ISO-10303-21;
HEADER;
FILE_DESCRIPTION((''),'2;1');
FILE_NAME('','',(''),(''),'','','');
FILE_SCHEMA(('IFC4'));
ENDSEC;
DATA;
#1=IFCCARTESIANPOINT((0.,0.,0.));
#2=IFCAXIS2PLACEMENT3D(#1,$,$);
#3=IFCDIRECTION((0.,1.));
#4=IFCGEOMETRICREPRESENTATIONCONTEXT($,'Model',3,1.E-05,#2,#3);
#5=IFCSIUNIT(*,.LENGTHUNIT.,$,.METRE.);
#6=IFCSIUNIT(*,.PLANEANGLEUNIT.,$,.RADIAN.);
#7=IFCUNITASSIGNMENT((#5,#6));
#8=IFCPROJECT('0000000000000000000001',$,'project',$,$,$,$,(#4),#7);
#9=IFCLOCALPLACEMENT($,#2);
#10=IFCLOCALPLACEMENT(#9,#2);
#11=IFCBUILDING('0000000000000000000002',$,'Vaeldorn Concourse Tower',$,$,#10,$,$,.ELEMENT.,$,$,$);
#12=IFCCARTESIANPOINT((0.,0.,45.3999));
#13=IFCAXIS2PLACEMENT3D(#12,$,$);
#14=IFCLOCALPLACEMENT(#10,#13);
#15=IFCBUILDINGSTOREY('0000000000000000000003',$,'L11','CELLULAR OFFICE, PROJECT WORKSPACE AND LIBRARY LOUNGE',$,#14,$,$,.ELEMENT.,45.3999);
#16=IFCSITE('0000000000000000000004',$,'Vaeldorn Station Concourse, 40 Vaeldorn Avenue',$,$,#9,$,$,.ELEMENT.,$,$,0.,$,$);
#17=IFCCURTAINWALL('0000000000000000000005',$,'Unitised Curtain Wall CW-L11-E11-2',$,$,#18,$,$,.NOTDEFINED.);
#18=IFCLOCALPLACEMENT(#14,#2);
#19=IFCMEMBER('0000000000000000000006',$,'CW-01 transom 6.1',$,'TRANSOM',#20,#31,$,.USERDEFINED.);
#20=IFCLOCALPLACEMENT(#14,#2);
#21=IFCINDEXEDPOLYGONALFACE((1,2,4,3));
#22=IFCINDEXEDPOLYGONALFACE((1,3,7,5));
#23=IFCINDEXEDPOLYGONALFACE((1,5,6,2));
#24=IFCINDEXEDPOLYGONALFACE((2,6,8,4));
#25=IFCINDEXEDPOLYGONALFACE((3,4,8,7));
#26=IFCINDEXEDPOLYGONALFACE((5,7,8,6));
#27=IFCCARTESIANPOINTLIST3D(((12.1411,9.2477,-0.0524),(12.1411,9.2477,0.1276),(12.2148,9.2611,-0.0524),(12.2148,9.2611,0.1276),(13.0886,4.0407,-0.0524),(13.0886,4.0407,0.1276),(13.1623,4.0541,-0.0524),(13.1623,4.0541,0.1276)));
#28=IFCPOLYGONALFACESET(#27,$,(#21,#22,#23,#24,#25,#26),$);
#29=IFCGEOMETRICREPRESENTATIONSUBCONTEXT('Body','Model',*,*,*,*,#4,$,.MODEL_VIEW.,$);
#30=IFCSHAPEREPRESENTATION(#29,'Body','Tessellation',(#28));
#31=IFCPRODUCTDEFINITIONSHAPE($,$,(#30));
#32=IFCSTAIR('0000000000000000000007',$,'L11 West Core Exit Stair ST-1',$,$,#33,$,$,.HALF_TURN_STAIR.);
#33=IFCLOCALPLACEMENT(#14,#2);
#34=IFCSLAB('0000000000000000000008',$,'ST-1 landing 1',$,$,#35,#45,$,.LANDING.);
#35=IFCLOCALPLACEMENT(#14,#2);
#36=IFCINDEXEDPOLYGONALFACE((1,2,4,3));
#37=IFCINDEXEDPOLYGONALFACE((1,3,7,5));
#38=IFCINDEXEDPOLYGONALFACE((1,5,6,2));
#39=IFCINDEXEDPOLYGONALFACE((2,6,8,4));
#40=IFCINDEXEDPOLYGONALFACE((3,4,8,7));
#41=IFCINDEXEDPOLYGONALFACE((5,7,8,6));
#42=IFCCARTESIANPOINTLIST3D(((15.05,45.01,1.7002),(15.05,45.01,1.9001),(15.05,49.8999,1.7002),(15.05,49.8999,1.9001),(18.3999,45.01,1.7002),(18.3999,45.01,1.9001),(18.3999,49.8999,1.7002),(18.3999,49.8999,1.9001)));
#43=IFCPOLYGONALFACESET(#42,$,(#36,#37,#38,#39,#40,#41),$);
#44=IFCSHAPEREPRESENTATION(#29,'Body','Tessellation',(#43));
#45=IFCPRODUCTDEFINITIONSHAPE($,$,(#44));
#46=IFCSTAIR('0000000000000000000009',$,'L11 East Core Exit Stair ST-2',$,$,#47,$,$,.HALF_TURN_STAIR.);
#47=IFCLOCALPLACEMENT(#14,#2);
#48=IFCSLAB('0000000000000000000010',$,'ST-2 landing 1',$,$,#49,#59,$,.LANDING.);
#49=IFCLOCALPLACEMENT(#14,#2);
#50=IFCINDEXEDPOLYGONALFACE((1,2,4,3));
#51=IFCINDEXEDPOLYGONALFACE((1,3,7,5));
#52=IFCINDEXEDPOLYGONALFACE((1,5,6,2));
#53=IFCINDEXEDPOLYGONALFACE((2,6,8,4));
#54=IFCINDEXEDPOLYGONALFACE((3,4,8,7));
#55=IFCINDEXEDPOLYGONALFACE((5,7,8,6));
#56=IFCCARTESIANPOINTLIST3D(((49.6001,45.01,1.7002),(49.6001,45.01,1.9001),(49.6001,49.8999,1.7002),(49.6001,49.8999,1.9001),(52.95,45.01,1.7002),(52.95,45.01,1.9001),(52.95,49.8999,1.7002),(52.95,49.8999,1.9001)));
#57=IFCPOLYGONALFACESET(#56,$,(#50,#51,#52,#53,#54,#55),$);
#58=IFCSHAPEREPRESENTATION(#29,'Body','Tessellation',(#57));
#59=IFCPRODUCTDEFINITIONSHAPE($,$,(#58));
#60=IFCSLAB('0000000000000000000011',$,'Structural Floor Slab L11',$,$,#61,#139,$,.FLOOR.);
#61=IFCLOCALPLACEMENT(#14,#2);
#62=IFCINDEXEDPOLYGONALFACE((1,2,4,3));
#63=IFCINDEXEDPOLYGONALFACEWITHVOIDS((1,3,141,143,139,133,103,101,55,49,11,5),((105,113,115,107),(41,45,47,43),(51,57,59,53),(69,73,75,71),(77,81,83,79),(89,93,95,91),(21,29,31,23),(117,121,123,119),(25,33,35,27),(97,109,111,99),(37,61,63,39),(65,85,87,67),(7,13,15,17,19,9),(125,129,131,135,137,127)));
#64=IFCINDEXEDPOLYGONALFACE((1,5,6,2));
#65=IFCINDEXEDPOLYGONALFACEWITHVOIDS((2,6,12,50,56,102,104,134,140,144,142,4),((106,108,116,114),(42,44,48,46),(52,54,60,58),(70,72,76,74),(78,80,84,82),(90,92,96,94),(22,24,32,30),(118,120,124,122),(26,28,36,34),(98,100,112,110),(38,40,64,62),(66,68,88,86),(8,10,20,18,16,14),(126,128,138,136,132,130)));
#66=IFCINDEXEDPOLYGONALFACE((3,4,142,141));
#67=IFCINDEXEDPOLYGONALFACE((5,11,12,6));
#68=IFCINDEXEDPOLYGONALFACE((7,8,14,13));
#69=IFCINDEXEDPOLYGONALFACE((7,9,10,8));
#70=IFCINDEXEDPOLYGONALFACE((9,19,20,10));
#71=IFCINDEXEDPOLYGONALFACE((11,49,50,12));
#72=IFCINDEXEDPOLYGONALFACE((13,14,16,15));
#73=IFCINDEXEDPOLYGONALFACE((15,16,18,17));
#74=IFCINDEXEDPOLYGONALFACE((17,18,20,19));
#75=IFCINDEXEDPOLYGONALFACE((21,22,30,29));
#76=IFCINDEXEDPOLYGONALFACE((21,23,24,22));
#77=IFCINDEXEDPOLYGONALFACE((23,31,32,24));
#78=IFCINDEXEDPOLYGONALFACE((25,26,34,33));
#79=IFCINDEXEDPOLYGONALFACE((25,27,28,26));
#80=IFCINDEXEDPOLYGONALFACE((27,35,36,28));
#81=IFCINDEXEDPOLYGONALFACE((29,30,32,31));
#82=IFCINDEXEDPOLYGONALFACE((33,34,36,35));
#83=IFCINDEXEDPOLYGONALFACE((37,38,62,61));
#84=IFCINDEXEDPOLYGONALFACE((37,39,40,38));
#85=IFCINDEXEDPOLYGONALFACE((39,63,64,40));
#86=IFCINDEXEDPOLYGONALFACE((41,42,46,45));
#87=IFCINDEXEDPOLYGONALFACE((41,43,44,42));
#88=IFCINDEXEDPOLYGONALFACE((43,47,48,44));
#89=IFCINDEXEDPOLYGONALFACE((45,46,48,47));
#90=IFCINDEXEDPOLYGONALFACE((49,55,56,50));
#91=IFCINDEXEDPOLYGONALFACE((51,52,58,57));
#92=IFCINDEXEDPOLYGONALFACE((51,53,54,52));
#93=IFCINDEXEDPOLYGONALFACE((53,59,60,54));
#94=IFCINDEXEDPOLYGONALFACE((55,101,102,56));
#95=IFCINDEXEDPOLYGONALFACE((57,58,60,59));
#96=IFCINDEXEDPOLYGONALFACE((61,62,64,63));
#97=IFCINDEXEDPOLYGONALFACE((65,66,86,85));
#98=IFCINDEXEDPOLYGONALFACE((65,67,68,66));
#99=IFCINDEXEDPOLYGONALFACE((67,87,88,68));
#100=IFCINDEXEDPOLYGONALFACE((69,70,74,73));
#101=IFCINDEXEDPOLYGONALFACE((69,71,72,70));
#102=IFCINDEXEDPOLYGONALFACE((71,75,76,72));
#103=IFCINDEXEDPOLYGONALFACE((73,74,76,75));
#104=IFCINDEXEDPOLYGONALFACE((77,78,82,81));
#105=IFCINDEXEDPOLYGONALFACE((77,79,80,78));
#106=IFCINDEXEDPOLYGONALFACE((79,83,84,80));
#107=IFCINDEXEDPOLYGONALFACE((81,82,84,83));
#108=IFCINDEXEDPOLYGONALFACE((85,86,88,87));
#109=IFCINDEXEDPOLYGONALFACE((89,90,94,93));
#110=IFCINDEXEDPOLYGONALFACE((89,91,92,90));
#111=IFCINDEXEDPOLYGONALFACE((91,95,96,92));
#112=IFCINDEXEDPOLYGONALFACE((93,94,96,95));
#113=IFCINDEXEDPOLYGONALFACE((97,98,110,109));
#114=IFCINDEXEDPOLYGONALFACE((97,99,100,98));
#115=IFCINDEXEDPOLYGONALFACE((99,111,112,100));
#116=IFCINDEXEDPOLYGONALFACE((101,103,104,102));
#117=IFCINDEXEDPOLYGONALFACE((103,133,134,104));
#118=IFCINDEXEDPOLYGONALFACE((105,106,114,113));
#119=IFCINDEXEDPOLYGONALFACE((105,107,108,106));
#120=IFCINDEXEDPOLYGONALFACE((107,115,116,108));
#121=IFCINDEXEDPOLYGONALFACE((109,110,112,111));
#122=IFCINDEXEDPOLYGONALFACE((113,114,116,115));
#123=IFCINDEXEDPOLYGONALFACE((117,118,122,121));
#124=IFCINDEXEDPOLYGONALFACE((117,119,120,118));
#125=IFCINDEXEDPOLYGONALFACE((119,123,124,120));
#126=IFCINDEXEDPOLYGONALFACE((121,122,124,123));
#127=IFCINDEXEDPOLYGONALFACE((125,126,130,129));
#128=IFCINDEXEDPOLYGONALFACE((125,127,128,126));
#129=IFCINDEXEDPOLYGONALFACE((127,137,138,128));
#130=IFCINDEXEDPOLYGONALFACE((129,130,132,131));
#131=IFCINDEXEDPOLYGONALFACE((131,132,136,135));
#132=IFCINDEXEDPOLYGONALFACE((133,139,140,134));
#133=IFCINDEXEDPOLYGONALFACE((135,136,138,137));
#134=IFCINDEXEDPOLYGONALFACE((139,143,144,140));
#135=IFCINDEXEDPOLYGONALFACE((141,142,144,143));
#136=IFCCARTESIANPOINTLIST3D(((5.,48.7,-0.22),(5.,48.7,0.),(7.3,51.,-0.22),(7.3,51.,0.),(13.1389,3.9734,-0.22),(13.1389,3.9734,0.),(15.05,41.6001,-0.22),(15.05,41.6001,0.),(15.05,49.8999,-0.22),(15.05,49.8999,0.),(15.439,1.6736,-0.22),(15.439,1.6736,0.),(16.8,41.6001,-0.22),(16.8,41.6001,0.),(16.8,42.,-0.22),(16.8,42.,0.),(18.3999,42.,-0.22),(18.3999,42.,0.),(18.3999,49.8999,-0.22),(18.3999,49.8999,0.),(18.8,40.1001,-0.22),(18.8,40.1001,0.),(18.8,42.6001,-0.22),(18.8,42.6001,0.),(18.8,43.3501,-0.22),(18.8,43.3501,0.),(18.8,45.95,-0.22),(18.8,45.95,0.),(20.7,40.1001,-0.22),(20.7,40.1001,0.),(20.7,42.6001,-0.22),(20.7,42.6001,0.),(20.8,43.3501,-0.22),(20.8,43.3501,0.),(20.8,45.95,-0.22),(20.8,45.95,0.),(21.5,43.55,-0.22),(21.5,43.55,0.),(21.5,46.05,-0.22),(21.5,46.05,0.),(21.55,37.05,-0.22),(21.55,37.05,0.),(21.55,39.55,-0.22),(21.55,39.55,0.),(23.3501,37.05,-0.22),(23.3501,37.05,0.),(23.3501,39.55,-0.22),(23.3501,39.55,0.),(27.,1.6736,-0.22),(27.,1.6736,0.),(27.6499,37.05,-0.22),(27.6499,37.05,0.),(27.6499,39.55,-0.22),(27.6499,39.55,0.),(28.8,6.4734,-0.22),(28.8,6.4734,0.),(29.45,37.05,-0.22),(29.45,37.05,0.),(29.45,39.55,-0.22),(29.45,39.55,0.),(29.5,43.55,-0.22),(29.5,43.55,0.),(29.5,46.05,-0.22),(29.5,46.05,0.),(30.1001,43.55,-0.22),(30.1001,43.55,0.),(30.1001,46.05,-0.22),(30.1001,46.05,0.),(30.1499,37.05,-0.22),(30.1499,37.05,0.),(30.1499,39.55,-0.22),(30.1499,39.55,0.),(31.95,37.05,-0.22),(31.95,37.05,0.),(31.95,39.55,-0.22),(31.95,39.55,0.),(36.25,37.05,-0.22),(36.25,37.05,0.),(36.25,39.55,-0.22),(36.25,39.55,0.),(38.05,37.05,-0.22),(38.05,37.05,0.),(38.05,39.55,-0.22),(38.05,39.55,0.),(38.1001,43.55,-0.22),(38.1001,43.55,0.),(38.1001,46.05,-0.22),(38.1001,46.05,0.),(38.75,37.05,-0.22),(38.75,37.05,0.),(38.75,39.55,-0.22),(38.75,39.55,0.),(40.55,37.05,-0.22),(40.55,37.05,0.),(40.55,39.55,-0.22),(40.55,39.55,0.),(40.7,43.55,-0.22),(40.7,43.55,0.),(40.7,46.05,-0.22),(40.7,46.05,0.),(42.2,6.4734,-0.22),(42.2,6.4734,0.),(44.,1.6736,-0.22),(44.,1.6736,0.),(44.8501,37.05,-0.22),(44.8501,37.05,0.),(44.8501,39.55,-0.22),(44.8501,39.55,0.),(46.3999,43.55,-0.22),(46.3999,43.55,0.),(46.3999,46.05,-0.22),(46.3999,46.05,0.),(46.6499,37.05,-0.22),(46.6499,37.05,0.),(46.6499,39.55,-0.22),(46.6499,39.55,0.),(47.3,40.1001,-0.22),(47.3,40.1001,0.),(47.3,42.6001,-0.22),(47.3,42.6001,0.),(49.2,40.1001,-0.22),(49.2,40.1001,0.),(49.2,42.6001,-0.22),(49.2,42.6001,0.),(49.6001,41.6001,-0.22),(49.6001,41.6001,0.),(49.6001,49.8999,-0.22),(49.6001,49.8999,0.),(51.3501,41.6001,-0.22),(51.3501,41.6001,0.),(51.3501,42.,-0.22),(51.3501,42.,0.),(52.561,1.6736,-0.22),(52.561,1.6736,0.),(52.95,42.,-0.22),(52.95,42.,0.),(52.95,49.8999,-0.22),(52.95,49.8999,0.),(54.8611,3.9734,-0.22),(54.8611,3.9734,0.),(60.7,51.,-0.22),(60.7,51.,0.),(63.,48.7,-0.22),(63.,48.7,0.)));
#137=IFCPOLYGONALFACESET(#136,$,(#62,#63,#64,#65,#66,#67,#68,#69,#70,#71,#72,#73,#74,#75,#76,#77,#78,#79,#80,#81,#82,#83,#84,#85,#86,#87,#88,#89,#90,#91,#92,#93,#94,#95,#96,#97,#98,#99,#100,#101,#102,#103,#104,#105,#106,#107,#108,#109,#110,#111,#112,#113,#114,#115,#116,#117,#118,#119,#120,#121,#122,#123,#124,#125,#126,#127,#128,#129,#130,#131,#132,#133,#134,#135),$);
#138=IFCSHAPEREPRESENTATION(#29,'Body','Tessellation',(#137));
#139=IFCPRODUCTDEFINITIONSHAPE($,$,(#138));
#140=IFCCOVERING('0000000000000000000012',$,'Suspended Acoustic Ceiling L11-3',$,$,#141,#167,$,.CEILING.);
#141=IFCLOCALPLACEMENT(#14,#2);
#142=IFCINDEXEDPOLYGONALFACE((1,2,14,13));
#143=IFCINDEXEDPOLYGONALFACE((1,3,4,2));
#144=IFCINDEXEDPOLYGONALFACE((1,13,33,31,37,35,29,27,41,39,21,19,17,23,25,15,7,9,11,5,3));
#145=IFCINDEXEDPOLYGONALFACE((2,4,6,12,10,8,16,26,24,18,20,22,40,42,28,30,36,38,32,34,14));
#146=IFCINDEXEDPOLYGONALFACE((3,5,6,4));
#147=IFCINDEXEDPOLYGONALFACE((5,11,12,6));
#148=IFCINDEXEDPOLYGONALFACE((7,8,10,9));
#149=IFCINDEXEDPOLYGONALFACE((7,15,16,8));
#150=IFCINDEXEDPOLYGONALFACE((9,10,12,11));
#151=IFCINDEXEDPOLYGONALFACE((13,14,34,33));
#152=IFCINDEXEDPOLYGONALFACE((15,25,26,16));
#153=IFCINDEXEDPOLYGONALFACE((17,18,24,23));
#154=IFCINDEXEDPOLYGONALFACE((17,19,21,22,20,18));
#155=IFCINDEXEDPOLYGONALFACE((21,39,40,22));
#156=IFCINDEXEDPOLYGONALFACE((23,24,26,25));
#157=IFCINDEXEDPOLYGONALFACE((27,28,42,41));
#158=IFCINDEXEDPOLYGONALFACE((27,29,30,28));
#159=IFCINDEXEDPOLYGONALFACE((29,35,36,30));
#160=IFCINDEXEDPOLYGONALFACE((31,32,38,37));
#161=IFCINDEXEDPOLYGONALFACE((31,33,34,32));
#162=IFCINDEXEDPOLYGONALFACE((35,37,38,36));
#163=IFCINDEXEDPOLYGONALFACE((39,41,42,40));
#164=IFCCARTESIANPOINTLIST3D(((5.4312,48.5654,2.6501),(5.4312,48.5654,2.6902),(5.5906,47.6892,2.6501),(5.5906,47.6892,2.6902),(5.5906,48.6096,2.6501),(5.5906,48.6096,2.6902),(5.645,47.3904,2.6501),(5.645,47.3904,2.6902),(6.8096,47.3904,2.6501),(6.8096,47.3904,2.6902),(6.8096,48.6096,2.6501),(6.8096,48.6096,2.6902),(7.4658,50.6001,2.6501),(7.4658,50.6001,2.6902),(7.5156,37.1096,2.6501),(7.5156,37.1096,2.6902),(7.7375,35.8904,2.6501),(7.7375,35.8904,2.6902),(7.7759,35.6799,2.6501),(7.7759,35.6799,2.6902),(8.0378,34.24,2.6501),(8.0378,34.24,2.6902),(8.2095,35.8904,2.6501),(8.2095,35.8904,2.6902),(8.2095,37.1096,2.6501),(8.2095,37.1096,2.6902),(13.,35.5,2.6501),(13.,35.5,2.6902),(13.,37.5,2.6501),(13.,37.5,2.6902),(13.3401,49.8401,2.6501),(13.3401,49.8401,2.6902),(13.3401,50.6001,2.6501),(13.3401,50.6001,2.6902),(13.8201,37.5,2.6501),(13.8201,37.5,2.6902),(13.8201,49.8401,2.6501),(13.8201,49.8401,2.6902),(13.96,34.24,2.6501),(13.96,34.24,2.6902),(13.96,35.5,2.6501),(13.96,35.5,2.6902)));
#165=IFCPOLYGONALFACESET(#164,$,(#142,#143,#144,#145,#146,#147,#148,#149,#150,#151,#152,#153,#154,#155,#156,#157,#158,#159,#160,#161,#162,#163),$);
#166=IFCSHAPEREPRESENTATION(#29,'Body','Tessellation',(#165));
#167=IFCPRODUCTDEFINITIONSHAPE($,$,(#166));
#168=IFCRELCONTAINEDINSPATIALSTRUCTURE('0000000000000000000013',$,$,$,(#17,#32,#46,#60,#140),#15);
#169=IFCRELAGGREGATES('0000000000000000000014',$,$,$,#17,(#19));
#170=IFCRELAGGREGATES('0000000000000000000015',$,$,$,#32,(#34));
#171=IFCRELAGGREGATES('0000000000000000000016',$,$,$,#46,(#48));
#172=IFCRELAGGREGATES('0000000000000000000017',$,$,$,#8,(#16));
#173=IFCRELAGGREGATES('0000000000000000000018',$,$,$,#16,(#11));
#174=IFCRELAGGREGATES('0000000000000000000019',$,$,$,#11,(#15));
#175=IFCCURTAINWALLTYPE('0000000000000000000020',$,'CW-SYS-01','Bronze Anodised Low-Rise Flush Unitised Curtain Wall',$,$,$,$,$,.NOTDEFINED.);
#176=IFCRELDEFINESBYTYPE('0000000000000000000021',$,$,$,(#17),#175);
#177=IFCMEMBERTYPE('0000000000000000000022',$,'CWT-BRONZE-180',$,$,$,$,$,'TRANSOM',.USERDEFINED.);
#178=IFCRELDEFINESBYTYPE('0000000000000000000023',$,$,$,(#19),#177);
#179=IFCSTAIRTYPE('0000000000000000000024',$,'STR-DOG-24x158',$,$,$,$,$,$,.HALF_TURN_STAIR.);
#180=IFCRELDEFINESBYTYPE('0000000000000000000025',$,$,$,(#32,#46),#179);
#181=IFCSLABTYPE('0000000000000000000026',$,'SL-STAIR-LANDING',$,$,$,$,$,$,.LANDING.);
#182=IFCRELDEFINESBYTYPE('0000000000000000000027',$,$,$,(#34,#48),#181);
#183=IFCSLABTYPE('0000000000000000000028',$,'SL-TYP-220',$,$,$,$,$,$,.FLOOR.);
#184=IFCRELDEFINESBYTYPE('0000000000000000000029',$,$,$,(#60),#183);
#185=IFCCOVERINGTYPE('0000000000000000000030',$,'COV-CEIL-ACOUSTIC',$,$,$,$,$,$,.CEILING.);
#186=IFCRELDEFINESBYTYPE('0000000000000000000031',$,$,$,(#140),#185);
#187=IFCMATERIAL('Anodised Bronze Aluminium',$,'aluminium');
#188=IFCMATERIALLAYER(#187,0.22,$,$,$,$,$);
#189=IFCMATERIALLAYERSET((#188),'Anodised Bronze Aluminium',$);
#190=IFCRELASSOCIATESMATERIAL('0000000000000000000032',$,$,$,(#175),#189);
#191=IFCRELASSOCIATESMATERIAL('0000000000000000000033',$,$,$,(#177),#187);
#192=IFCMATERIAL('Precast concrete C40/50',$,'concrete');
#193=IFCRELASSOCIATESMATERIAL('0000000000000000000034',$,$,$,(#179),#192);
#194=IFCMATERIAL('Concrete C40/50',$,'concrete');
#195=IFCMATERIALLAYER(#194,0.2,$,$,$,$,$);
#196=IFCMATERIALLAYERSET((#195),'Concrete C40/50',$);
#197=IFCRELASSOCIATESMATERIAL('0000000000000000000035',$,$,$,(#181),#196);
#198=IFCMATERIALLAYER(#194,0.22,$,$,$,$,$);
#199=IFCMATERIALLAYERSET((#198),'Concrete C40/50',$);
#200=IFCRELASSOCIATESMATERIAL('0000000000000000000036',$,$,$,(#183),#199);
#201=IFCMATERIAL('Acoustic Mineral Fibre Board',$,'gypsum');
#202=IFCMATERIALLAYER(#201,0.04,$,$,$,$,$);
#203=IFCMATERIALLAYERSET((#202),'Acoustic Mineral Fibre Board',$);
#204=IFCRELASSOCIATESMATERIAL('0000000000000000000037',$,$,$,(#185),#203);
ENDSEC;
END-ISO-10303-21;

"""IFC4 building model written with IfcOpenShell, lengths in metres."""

from ifc_helpers import new_model, si_unit, direction, frame, origin, origin_2d, place, context, subcontext, project, spatial, polyline, rectangle, outline, extrude, source, transform, mapped, material, layer, layer_set, material_profile, profile_set, type_object, element, aggregate, save


model = new_model("IFC4")

# Units and contexts
model_context = context("Model", 3, precision=1e-05, world=origin(), true_north=direction((0.0, 1.0)))
body_context = subcontext(model_context, "Body", "Model", "MODEL_VIEW")
ifc_project = project(units=[si_unit("LENGTHUNIT", "METRE"), si_unit("PLANEANGLEUNIT", "RADIAN")], contexts=[model_context])

# Site, building, storey
site_placement = place(None, origin())
site = spatial("IfcSite", under=ifc_project, at=site_placement, Name="Vaeldorn Station Concourse, 40 Vaeldorn Avenue", CompositionType="ELEMENT", RefElevation=0.0)
building_placement = place(site_placement, origin())
building = spatial("IfcBuilding", under=site, at=building_placement, Name="Vaeldorn Concourse Tower", CompositionType="ELEMENT")
storey_placement = place(building_placement, frame((0.0, 0.0, 45.3999)))
storey = spatial("IfcBuildingStorey", under=building, at=storey_placement, Name="L11", Description="CELLULAR OFFICE, PROJECT WORKSPACE AND LIBRARY LOUNGE", CompositionType="ELEMENT", Elevation=45.3999)

# Curtain wall, member
ifc_material_1 = material(Name="Anodised Bronze Aluminium", Category="aluminium")
ifc_layer_1 = layer(ifc_material_1, 0.22)
ifc_layer_set_1 = layer_set([ifc_layer_1], Name="Anodised Bronze Aluminium")
curtain_wall_type = type_object("IfcCurtainWallType", Name="CW-SYS-01", Description="Bronze Anodised Low-Rise Flush Unitised Curtain Wall", PredefinedType="NOTDEFINED", material=ifc_layer_set_1)
curtain_wall_placement = place(storey_placement, origin())
curtain_wall = element("IfcCurtainWall", 1, at=curtain_wall_placement, inside=storey, type_object=curtain_wall_type, Name="Unitised Curtain Wall CW-L11-E11-2", PredefinedType="NOTDEFINED")
ifc_material_profile = material_profile(ifc_material_1, rectangle(XDim=0.075, YDim=0.1799, at=origin_2d()), Name="CWT 75x180")
ifc_profile_set = profile_set([ifc_material_profile], Name="Anodised Bronze Aluminium")
member_type = type_object("IfcMemberType", Name="CWT-BRONZE-180", ElementType="TRANSOM", PredefinedType="USERDEFINED", material=ifc_profile_set)
shared_shape = source(origin(), body_context, "Body", "SweptSolid", [
    extrude(rectangle(XDim=0.075, YDim=0.1799, at=origin_2d()), origin(), (0.0, 0.0, 1.0), 5.2925),
])
member_placement = place(storey_placement, frame((12.178, 9.2544, 0.0376), z_axis=(0.179028, -0.983844, 0.0), x_axis=(0.983844, 0.179028, 0.0)))
member = element("IfcMember", 2, at=member_placement, type_object=member_type, Name="CW-01 transom 6.1", ObjectType="TRANSOM", PredefinedType="USERDEFINED", context=body_context, shape_type="MappedRepresentation", body=[
    mapped(shared_shape, transform((0.0, 0.0, 0.0), scale=1.0)),
])
aggregate(curtain_wall, [member])

# Stairs, slabs
ifc_material_2 = material(Name="Precast concrete C40/50", Category="concrete")
stair_type = type_object("IfcStairType", Name="STR-DOG-24x158", PredefinedType="HALF_TURN_STAIR", material=ifc_material_2)
stair_1_placement = place(storey_placement, origin())
stair_1 = element("IfcStair", 3, at=stair_1_placement, inside=storey, type_object=stair_type, Name="L11 West Core Exit Stair ST-1", PredefinedType="HALF_TURN_STAIR")
ifc_material_3 = material(Name="Concrete C40/50", Category="concrete")
ifc_layer_2 = layer(ifc_material_3, 0.2)
ifc_layer_set_2 = layer_set([ifc_layer_2], Name="Concrete C40/50")
slab_type_1 = type_object("IfcSlabType", Name="SL-STAIR-LANDING", PredefinedType="LANDING", material=ifc_layer_set_2)
slab_1_placement = place(storey_placement, frame((0.0, 0.0, 1.7002)))
slab_1 = element("IfcSlab", 4, at=slab_1_placement, type_object=slab_type_1, Name="ST-1 landing 1", PredefinedType="LANDING", context=body_context, shape_type="SweptSolid", body=[
    extrude(outline(polyline([(18.3999, 45.01), (18.3999, 49.8999), (15.05, 49.8999), (15.05, 45.01), (18.3999, 45.01)])), origin(), (0.0, 0.0, 1.0), 0.2),
])
aggregate(stair_1, [slab_1])
stair_2_placement = place(storey_placement, origin())
stair_2 = element("IfcStair", 5, at=stair_2_placement, inside=storey, type_object=stair_type, Name="L11 East Core Exit Stair ST-2", PredefinedType="HALF_TURN_STAIR")
slab_2_placement = place(storey_placement, frame((0.0, 0.0, 1.7002)))
slab_2 = element("IfcSlab", 6, at=slab_2_placement, type_object=slab_type_1, Name="ST-2 landing 1", PredefinedType="LANDING", context=body_context, shape_type="SweptSolid", body=[
    extrude(outline(polyline([(52.95, 45.01), (52.95, 49.8999), (49.6001, 49.8999), (49.6001, 45.01), (52.95, 45.01)])), origin(), (0.0, 0.0, 1.0), 0.2),
])
aggregate(stair_2, [slab_2])

# Slab
ifc_layer_3 = layer(ifc_material_3, 0.22)
ifc_layer_set_3 = layer_set([ifc_layer_3], Name="Concrete C40/50")
slab_type_2 = type_object("IfcSlabType", Name="SL-TYP-220", PredefinedType="FLOOR", material=ifc_layer_set_3)
slab_3_placement = place(storey_placement, frame((0.0, 0.0, -0.22)))
element("IfcSlab", 7, at=slab_3_placement, inside=storey, type_object=slab_type_2, Name="Structural Floor Slab L11", PredefinedType="FLOOR", context=body_context, shape_type="SweptSolid", body=[
    extrude(outline(polyline([(15.439, 1.6736), (27.0, 1.6736), (28.8, 6.4734), (42.2, 6.4734), (44.0, 1.6736), (52.561, 1.6736), (54.8611, 3.9734), (63.0, 48.7), (60.7, 51.0), (7.3, 51.0), (5.0, 48.7), (13.1389, 3.9734), (15.439, 1.6736)]), holes=[polyline([(18.3999, 42.0), (18.3999, 49.8999), (15.05, 49.8999), (15.05, 41.6001), (16.8, 41.6001), (16.8, 42.0), (18.3999, 42.0)]), polyline([(52.95, 42.0), (52.95, 49.8999), (49.6001, 49.8999), (49.6001, 41.6001), (51.3501, 41.6001), (51.3501, 42.0), (52.95, 42.0)]), polyline([(21.55, 37.05), (23.3501, 37.05), (23.3501, 39.55), (21.55, 39.55), (21.55, 37.05)]), polyline([(27.6499, 37.05), (29.45, 37.05), (29.45, 39.55), (27.6499, 39.55), (27.6499, 37.05)]), polyline([(21.5, 43.55), (29.5, 43.55), (29.5, 46.05), (21.5, 46.05), (21.5, 43.55)]), polyline([(30.1499, 37.05), (31.95, 37.05), (31.95, 39.55), (30.1499, 39.55), (30.1499, 37.05)]), polyline([(36.25, 37.05), (38.05, 37.05), (38.05, 39.55), (36.25, 39.55), (36.25, 37.05)]), polyline([(30.1001, 43.55), (38.1001, 43.55), (38.1001, 46.05), (30.1001, 46.05), (30.1001, 43.55)]), polyline([(38.75, 37.05), (40.55, 37.05), (40.55, 39.55), (38.75, 39.55), (38.75, 37.05)]), polyline([(44.8501, 37.05), (46.6499, 37.05), (46.6499, 39.55), (44.8501, 39.55), (44.8501, 37.05)]), polyline([(40.7, 43.55), (46.3999, 43.55), (46.3999, 46.05), (40.7, 46.05), (40.7, 43.55)]), polyline([(18.8, 43.3501), (20.8, 43.3501), (20.8, 45.95), (18.8, 45.95), (18.8, 43.3501)]), polyline([(18.8, 40.1001), (20.7, 40.1001), (20.7, 42.6001), (18.8, 42.6001), (18.8, 40.1001)]), polyline([(47.3, 40.1001), (49.2, 40.1001), (49.2, 42.6001), (47.3, 42.6001), (47.3, 40.1001)])]), origin(), (0.0, 0.0, 1.0), 0.22),
])

# Covering
ifc_material_4 = material(Name="Acoustic Mineral Fibre Board", Category="gypsum")
ifc_layer_4 = layer(ifc_material_4, 0.04)
ifc_layer_set_4 = layer_set([ifc_layer_4], Name="Acoustic Mineral Fibre Board")
covering_type_1 = type_object("IfcCoveringType", Name="COV-CEIL-ACOUSTIC", PredefinedType="CEILING", material=ifc_layer_set_4)
covering_1_placement = place(storey_placement, frame((0.0, 0.0, 2.6501)))
element("IfcCovering", 8, at=covering_1_placement, inside=storey, type_object=covering_type_1, Name="Suspended Acoustic Ceiling L11-3", PredefinedType="CEILING", context=body_context, shape_type="SweptSolid", body=[
    extrude(outline(polyline([(7.4658, 50.6001), (13.3401, 50.6001), (13.3401, 49.8401), (13.8201, 49.8401), (13.8201, 37.5), (13.0, 37.5), (13.0, 35.5), (13.96, 35.5), (13.96, 34.24), (8.0378, 34.24), (7.7759, 35.6799), (7.7759, 35.6799), (7.7375, 35.8904), (8.2095, 35.8904), (8.2095, 37.1096), (7.5156, 37.1096), (5.645, 47.3904), (6.8096, 47.3904), (6.8096, 48.6096), (5.5906, 48.6096), (5.5906, 47.6892), (5.4312, 48.5654), (7.4658, 50.6001)])), origin(), (0.0, 0.0, 1.0), 0.04),
])

save(model, "model.ifc")
